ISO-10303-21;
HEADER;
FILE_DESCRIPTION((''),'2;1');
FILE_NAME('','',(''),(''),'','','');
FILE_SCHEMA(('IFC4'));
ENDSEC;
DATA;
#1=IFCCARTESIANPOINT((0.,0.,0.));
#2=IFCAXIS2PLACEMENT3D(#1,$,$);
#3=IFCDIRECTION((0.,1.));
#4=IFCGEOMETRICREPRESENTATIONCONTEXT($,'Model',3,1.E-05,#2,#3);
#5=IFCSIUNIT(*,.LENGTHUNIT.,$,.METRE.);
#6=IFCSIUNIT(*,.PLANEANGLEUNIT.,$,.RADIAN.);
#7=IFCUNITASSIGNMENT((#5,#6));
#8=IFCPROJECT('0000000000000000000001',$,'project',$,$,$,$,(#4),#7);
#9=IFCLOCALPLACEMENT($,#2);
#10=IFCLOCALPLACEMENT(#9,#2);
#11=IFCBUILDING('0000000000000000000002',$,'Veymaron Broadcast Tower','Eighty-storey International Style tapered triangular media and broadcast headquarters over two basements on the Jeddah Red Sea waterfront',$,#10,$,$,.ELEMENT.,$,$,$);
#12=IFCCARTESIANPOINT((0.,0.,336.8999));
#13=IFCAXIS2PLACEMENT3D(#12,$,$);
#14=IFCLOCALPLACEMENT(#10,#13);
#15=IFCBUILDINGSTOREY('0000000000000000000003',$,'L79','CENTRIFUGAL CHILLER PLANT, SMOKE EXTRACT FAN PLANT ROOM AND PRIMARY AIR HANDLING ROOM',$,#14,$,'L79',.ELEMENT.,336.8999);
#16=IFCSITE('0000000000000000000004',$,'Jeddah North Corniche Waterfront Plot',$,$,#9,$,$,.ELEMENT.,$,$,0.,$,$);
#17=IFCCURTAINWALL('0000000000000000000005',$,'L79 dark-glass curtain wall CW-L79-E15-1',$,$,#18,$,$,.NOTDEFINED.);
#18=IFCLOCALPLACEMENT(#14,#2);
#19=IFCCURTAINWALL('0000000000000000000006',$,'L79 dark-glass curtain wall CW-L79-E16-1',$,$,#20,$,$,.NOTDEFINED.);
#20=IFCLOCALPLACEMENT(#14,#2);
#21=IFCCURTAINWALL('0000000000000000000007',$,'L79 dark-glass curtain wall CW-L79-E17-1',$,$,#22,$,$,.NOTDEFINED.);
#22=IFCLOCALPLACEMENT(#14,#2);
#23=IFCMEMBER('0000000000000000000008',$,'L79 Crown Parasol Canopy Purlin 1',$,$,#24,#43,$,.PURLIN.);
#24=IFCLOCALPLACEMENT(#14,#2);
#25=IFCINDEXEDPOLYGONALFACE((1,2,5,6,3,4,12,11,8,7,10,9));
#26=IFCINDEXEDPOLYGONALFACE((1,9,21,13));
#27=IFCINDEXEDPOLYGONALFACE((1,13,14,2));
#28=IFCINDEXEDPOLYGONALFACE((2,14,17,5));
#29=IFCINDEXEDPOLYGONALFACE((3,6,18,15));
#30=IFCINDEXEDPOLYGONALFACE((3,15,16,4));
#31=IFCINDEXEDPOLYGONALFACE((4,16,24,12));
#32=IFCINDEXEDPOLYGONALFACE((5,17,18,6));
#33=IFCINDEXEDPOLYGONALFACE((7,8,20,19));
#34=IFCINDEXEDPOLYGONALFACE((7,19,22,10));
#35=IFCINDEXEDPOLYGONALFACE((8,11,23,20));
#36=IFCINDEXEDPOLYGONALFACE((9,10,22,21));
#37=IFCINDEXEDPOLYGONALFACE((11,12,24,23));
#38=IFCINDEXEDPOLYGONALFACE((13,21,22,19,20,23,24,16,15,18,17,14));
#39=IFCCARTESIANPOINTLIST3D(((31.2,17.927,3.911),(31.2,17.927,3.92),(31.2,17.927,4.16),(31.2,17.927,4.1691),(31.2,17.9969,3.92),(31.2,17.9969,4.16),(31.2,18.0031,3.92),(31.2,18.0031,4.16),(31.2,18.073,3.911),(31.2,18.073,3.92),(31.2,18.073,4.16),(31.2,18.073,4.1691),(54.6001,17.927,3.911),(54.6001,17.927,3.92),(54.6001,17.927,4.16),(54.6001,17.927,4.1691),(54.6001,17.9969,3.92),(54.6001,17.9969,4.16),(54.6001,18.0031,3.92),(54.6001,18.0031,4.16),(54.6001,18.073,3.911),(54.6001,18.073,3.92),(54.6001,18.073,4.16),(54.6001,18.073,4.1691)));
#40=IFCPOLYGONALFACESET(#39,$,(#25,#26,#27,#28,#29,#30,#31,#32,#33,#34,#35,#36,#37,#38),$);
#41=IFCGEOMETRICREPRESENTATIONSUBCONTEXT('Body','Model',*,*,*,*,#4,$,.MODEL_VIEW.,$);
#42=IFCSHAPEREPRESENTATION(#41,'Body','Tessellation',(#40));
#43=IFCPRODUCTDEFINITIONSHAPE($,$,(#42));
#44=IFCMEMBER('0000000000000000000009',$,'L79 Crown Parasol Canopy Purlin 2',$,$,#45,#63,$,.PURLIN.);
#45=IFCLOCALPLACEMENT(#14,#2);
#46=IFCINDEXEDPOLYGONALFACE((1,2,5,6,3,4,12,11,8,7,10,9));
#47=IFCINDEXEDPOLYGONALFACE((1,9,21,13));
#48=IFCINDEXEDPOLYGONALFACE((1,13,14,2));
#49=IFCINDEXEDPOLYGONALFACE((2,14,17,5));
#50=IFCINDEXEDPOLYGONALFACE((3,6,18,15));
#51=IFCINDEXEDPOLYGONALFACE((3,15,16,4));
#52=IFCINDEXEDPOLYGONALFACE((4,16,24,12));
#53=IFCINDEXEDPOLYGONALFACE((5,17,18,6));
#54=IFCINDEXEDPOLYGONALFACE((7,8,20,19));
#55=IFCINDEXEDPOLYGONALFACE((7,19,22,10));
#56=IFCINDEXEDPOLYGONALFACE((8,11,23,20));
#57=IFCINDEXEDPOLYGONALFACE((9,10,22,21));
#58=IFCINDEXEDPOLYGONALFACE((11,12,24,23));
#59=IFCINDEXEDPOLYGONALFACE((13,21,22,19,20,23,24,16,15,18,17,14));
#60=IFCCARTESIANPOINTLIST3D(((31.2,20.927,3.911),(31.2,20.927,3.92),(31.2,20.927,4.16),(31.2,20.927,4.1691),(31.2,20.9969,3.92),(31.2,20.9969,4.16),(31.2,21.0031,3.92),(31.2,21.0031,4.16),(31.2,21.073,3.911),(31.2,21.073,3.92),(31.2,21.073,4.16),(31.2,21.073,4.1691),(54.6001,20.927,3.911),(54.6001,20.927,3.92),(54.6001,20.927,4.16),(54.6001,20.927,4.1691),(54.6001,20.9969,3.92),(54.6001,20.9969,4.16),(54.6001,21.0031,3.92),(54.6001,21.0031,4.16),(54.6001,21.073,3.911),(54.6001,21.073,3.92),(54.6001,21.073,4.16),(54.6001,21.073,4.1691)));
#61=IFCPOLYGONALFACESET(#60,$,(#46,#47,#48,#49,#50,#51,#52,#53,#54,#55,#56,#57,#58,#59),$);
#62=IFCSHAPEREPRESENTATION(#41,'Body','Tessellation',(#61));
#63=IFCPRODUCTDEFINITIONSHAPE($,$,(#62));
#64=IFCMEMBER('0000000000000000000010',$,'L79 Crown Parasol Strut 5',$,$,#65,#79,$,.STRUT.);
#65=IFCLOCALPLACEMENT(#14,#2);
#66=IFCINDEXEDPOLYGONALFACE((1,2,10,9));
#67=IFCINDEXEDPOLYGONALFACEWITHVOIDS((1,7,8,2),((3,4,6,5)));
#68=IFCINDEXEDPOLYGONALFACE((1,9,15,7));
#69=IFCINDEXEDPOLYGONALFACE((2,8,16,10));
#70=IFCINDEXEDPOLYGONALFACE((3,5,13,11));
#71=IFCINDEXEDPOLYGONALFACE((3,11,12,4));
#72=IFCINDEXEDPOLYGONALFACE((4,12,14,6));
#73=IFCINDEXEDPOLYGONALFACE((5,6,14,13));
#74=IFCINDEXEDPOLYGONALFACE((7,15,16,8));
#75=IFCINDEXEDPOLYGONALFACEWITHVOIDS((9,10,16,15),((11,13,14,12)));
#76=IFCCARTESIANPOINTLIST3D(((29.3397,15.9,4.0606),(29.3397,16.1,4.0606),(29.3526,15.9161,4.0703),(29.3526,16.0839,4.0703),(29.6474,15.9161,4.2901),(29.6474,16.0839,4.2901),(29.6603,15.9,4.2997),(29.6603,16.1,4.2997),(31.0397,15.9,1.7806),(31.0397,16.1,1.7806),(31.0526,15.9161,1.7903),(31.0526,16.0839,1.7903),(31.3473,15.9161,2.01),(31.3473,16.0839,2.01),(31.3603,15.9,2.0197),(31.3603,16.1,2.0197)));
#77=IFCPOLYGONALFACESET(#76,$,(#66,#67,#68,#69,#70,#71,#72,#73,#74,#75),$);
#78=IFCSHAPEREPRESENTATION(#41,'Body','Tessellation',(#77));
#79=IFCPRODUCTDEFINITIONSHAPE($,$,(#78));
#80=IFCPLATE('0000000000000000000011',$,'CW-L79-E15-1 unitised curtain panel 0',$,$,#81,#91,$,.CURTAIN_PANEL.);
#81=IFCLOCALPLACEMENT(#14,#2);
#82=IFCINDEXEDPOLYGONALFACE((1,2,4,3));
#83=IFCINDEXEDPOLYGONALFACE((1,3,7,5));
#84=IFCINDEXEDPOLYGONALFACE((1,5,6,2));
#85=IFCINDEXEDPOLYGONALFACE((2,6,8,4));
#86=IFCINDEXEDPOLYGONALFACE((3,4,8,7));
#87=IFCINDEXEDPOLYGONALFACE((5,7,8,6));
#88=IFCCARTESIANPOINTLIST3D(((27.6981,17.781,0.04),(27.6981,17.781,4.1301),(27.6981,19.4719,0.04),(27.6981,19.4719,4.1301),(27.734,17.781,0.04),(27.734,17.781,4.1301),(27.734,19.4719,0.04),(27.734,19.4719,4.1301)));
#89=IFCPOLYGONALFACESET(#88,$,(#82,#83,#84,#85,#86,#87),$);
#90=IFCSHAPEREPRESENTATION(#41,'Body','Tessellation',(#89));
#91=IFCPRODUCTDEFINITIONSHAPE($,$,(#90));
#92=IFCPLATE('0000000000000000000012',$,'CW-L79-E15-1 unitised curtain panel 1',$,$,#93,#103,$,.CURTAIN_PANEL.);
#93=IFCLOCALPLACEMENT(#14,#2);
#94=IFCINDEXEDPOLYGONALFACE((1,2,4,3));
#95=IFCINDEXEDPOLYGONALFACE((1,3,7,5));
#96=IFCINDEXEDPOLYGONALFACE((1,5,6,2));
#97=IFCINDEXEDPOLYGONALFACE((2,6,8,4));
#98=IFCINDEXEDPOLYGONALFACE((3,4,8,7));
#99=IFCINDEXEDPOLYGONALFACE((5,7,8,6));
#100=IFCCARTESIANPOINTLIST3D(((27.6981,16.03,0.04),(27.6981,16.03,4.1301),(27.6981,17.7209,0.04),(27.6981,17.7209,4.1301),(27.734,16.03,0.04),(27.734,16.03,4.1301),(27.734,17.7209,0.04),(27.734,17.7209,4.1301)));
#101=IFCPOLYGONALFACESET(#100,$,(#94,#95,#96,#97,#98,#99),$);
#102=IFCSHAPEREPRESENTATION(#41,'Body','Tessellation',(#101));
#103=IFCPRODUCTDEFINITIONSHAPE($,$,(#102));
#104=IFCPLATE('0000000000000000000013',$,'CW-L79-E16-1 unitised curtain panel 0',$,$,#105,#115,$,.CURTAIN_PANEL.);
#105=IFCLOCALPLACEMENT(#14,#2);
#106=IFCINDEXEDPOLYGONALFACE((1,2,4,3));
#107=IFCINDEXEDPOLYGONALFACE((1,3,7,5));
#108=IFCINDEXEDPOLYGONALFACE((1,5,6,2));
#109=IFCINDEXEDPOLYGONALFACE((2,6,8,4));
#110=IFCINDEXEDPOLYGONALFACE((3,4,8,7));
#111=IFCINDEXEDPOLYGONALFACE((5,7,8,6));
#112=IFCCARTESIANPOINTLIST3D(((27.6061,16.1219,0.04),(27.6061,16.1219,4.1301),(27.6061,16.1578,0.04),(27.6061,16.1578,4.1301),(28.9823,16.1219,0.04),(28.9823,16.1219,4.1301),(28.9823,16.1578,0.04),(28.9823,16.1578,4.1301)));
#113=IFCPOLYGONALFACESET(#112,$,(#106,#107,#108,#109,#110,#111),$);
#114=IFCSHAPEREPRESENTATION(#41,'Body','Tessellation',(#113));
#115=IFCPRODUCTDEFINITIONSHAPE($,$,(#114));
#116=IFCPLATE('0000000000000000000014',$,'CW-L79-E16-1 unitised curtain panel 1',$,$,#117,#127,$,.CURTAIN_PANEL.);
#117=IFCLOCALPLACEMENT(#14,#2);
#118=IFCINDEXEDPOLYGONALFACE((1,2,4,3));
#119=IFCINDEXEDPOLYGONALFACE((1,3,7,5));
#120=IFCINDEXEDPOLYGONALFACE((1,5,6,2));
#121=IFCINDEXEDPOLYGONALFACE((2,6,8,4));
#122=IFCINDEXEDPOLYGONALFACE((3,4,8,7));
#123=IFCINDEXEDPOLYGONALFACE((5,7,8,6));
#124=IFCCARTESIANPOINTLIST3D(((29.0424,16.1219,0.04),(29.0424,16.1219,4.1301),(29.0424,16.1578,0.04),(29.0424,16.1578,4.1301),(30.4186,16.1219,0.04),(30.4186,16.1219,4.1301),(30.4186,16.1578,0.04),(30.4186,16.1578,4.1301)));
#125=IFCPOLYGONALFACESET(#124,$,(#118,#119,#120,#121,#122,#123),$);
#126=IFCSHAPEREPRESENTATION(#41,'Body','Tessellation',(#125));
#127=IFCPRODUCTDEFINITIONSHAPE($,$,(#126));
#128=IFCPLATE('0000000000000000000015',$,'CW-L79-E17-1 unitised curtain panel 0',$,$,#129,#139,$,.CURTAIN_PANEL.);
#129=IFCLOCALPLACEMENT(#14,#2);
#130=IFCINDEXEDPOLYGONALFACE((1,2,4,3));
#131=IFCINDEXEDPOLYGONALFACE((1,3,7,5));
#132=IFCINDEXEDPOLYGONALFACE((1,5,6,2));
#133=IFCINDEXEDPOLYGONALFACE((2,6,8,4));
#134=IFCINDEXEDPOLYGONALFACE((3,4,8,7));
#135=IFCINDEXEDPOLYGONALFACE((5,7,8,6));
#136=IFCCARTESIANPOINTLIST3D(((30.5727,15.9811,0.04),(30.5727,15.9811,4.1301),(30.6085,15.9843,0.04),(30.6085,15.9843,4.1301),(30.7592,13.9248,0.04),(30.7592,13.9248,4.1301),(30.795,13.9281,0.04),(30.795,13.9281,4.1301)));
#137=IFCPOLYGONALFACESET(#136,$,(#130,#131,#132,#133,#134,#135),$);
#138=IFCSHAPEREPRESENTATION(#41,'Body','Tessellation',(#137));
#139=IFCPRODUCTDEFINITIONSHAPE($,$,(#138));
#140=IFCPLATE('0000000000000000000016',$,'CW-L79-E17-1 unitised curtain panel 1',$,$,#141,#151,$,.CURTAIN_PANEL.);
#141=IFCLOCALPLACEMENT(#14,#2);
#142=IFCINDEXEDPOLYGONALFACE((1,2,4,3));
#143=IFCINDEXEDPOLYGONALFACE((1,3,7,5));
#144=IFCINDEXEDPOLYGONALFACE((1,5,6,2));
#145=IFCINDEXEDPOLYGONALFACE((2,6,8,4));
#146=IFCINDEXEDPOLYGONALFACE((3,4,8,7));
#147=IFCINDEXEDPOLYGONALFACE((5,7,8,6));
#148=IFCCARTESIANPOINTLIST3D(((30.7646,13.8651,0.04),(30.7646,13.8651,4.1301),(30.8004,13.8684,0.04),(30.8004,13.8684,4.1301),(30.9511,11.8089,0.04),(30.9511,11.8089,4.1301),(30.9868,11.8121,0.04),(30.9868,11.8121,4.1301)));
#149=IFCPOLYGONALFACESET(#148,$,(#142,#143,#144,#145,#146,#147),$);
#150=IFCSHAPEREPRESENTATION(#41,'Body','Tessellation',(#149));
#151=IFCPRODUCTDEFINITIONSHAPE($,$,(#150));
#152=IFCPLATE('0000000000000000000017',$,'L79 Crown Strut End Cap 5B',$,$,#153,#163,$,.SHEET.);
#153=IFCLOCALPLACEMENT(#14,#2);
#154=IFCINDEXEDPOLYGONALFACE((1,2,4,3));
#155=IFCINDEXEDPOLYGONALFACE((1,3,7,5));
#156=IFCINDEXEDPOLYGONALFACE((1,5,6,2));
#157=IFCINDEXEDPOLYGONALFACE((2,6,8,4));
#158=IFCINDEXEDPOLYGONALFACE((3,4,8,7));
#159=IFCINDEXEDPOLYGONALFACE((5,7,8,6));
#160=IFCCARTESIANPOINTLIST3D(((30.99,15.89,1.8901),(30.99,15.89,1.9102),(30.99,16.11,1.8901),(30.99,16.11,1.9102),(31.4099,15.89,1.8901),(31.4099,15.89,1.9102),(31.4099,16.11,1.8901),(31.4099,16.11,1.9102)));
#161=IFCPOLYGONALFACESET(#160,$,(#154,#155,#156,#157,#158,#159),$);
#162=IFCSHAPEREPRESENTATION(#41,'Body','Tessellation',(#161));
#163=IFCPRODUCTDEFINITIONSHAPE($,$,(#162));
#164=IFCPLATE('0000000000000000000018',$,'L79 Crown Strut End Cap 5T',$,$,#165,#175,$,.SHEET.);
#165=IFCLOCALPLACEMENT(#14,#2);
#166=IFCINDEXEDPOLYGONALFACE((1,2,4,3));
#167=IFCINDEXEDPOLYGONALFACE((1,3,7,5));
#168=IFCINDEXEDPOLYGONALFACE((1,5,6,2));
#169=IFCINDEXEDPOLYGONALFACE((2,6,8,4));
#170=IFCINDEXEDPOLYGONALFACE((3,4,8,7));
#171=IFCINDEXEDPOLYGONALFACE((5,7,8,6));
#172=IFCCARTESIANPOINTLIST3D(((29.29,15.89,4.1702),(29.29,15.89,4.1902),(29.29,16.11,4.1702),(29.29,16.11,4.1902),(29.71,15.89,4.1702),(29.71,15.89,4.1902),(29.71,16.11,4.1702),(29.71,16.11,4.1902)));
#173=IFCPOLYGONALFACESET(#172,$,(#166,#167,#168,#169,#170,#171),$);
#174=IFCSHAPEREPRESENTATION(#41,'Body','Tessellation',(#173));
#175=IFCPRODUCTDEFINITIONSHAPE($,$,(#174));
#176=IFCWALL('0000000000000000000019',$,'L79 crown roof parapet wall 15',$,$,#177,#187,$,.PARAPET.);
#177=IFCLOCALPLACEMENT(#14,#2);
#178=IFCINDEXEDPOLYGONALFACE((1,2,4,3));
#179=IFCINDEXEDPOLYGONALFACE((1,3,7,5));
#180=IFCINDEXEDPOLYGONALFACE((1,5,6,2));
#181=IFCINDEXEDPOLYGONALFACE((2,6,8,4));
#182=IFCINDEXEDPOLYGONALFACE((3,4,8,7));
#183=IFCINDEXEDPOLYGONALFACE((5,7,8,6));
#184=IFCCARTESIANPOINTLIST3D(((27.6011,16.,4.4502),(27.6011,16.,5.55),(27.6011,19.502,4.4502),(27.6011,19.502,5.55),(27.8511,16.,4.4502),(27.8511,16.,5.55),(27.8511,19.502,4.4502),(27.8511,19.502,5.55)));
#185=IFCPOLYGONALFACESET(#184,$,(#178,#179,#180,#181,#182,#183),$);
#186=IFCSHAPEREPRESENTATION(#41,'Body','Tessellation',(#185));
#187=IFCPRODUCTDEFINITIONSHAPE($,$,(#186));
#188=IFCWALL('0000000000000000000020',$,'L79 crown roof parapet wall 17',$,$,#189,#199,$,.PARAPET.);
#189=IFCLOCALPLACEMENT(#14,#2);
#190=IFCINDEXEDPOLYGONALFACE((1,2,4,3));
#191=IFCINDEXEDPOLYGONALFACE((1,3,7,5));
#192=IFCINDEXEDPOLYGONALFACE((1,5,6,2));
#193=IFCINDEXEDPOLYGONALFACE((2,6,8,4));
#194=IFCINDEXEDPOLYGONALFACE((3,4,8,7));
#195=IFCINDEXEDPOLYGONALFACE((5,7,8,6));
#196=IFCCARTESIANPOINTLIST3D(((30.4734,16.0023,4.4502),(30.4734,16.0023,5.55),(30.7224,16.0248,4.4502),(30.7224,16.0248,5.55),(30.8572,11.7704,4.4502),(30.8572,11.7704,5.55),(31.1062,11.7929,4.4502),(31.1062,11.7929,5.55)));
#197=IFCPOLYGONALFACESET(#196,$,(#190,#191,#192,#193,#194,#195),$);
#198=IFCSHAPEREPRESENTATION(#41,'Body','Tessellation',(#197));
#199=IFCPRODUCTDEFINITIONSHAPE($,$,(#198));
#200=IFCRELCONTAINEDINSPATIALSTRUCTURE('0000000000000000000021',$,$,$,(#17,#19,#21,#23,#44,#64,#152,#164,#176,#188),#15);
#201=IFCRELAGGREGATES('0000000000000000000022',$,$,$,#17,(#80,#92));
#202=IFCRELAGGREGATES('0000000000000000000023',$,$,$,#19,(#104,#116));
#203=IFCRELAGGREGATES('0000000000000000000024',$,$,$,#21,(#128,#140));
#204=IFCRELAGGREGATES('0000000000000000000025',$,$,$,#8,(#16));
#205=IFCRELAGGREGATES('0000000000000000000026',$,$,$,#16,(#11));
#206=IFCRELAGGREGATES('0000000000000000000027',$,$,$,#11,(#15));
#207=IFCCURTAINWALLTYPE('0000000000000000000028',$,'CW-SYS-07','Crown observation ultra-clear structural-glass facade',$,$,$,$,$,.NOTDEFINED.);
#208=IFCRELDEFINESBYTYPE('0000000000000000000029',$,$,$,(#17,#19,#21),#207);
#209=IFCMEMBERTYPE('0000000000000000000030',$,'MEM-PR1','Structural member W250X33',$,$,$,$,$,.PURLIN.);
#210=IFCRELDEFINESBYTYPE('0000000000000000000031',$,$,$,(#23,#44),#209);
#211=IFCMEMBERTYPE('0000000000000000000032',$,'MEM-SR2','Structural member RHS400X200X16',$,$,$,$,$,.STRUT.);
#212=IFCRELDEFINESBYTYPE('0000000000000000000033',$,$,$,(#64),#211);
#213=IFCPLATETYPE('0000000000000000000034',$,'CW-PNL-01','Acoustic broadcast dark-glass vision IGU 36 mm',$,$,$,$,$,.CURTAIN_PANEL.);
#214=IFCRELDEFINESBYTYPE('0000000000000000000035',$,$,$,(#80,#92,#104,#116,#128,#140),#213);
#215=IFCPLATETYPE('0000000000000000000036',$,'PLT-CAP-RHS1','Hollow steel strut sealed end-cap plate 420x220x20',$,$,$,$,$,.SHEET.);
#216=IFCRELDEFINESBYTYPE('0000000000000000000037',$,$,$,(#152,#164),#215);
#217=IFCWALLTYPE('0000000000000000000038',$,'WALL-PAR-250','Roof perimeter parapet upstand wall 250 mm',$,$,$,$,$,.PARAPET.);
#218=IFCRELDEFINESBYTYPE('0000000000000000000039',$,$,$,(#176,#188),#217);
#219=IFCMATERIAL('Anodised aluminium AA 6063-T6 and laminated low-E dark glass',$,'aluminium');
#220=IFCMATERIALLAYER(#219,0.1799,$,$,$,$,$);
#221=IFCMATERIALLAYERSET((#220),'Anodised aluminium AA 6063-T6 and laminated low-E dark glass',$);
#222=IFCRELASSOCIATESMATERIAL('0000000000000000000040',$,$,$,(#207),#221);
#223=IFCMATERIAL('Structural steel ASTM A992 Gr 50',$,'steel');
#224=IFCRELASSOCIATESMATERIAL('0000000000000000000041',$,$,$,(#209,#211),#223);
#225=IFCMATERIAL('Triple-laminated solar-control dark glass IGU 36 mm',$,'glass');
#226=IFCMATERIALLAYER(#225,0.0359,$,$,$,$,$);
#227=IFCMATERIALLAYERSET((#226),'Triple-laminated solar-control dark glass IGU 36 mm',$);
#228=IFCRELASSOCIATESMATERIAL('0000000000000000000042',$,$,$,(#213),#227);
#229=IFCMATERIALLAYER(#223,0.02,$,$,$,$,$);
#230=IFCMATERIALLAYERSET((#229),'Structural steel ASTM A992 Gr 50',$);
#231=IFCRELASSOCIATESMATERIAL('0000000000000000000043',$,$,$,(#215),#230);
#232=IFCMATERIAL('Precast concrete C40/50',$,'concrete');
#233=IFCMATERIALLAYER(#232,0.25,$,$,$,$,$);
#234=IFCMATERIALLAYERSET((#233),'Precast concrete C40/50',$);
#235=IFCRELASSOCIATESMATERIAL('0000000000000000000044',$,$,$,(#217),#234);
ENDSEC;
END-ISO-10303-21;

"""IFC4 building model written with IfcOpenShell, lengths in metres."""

from ifc_helpers import new_model, si_unit, direction, frame, frame_2d, origin, origin_2d, place, context, subcontext, project, spatial, rectangle, hollow_rectangle, i_section, extrude, material, layer, layer_set, material_profile, profile_set, type_object, element, aggregate, save


model = new_model("IFC4")

# Units and contexts
model_context = context("Model", 3, precision=1e-05, world=origin(), true_north=direction((0.0, 1.0)))
body_context = subcontext(model_context, "Body", "Model", "MODEL_VIEW")
ifc_project = project(units=[si_unit("LENGTHUNIT", "METRE"), si_unit("PLANEANGLEUNIT", "RADIAN")], contexts=[model_context])

# Site, building, storey
site_placement = place(None, origin())
site = spatial("IfcSite", under=ifc_project, at=site_placement, Name="Jeddah North Corniche Waterfront Plot", CompositionType="ELEMENT", RefElevation=0.0)
building_placement = place(site_placement, origin())
building = spatial("IfcBuilding", under=site, at=building_placement, Name="Veymaron Broadcast Tower", Description="Eighty-storey International Style tapered triangular media and broadcast headquarters over two basements on the Jeddah Red Sea waterfront", CompositionType="ELEMENT")
storey_placement = place(building_placement, frame((0.0, 0.0, 336.8999)))
storey = spatial("IfcBuildingStorey", under=building, at=storey_placement, Name="L79", Description="CENTRIFUGAL CHILLER PLANT, SMOKE EXTRACT FAN PLANT ROOM AND PRIMARY AIR HANDLING ROOM", LongName="L79", CompositionType="ELEMENT", Elevation=336.8999)

# Shared definitions
ifc_material_1 = material(Name="Structural steel ASTM A992 Gr 50", Category="steel")

# Curtain walls
ifc_material_2 = material(Name="Anodised aluminium AA 6063-T6 and laminated low-E dark glass", Category="aluminium")
ifc_layer_1 = layer(ifc_material_2, 0.1799)
ifc_layer_set_1 = layer_set([ifc_layer_1], Name="Anodised aluminium AA 6063-T6 and laminated low-E dark glass")
curtain_wall_type = type_object("IfcCurtainWallType", Name="CW-SYS-07", Description="Crown observation ultra-clear structural-glass facade", PredefinedType="NOTDEFINED", material=ifc_layer_set_1)
curtain_wall_1_placement = place(storey_placement, origin())
curtain_wall_1 = element("IfcCurtainWall", 1, at=curtain_wall_1_placement, inside=storey, type_object=curtain_wall_type, Name="L79 dark-glass curtain wall CW-L79-E15-1", PredefinedType="NOTDEFINED")
curtain_wall_2_placement = place(storey_placement, origin())
curtain_wall_2 = element("IfcCurtainWall", 2, at=curtain_wall_2_placement, inside=storey, type_object=curtain_wall_type, Name="L79 dark-glass curtain wall CW-L79-E16-1", PredefinedType="NOTDEFINED")
curtain_wall_3_placement = place(storey_placement, origin())
curtain_wall_3 = element("IfcCurtainWall", 3, at=curtain_wall_3_placement, inside=storey, type_object=curtain_wall_type, Name="L79 dark-glass curtain wall CW-L79-E17-1", PredefinedType="NOTDEFINED")

# Members
ifc_material_profile_1 = material_profile(ifc_material_1, i_section(OverallWidth=0.146, OverallDepth=0.2581, WebThickness=0.0061, FlangeThickness=0.009, at=origin_2d()), Name="W250X33")
ifc_profile_set_1 = profile_set([ifc_material_profile_1], Name="Structural steel ASTM A992 Gr 50")
member_type_1 = type_object("IfcMemberType", Name="MEM-PR1", Description="Structural member W250X33", PredefinedType="PURLIN", material=ifc_profile_set_1)
for number, where, z_axis, x_axis, name in (
    (4, (31.2, 18.0, 4.04), (1.0, 0.0, 0.0), (0.0, 1.0, 0.0), "L79 Crown Parasol Canopy Purlin 1"),
    (5, (31.2, 21.0, 4.04), (1.0, 0.0, 0.0), (0.0, 1.0, 0.0), "L79 Crown Parasol Canopy Purlin 2"),
):
    element("IfcMember", number, at=place(storey_placement, frame(where, z_axis=z_axis, x_axis=x_axis)), inside=storey, type_object=member_type_1, Name=name, PredefinedType="PURLIN", context=body_context, shape_type="SweptSolid", body=[
        extrude(i_section(OverallWidth=0.146, OverallDepth=0.2581, WebThickness=0.0061, FlangeThickness=0.009, at=origin_2d()), origin(), (0.0, 0.0, 1.0), 23.4001),
    ])
ifc_material_profile_2 = material_profile(ifc_material_1, hollow_rectangle(XDim=0.2, YDim=0.3999, WallThickness=0.0161, at=origin_2d()), Name="RHS400X200X16")
ifc_profile_set_2 = profile_set([ifc_material_profile_2], Name="Structural steel ASTM A992 Gr 50")
member_type_2 = type_object("IfcMemberType", Name="MEM-SR2", Description="Structural member RHS400X200X16", PredefinedType="STRUT", material=ifc_profile_set_2)
member_1_placement = place(storey_placement, frame((31.2, 16.0, 1.9001), z_axis=(-0.597731, 0.0, 0.801696), x_axis=(0.0, -1.0, 0.0)))
element("IfcMember", 6, at=member_1_placement, inside=storey, type_object=member_type_2, Name="L79 Crown Parasol Strut 5", PredefinedType="STRUT", context=body_context, shape_type="SweptSolid", body=[
    extrude(hollow_rectangle(XDim=0.2, YDim=0.3999, WallThickness=0.0161, at=origin_2d()), origin(), (0.0, 0.0, 1.0), 2.844),
])

# Plates
ifc_material_3 = material(Name="Triple-laminated solar-control dark glass IGU 36 mm", Category="glass")
ifc_layer_2 = layer(ifc_material_3, 0.0359)
ifc_layer_set_2 = layer_set([ifc_layer_2], Name="Triple-laminated solar-control dark glass IGU 36 mm")
plate_type_1 = type_object("IfcPlateType", Name="CW-PNL-01", Description="Acoustic broadcast dark-glass vision IGU 36 mm", PredefinedType="CURTAIN_PANEL", material=ifc_layer_set_2)
plate_1_placement = place(storey_placement, frame((27.7161, 18.6265, 0.04), z_axis=(0.0, 0.0, 1.0), x_axis=(0.0, -1.0, 0.0)))
plate_1 = element("IfcPlate", 7, at=plate_1_placement, type_object=plate_type_1, Name="CW-L79-E15-1 unitised curtain panel 0", PredefinedType="CURTAIN_PANEL", context=body_context, shape_type="SweptSolid", body=[
    extrude(rectangle(XDim=1.6909, YDim=0.0359, at=origin_2d()), origin(), (0.0, 0.0, 1.0), 4.0901),
])
plate_2_placement = place(storey_placement, frame((27.7161, 16.8755, 0.04), z_axis=(0.0, 0.0, 1.0), x_axis=(0.0, -1.0, 0.0)))
plate_2 = element("IfcPlate", 8, at=plate_2_placement, type_object=plate_type_1, Name="CW-L79-E15-1 unitised curtain panel 1", PredefinedType="CURTAIN_PANEL", context=body_context, shape_type="SweptSolid", body=[
    extrude(rectangle(XDim=1.6909, YDim=0.0359, at=origin_2d()), origin(), (0.0, 0.0, 1.0), 4.0901),
])
aggregate(curtain_wall_1, [plate_1, plate_2])
plate_3_placement = place(storey_placement, frame((28.2942, 16.1399, 0.04), z_axis=(0.0, 0.0, 1.0), x_axis=(1.0, 0.0, 0.0)))
plate_3 = element("IfcPlate", 9, at=plate_3_placement, type_object=plate_type_1, Name="CW-L79-E16-1 unitised curtain panel 0", PredefinedType="CURTAIN_PANEL", context=body_context, shape_type="SweptSolid", body=[
    extrude(rectangle(XDim=1.3762, YDim=0.0359, at=origin_2d()), origin(), (0.0, 0.0, 1.0), 4.0901),
])
plate_4_placement = place(storey_placement, frame((29.7305, 16.1399, 0.04), z_axis=(0.0, 0.0, 1.0), x_axis=(1.0, 0.0, 0.0)))
plate_4 = element("IfcPlate", 10, at=plate_4_placement, type_object=plate_type_1, Name="CW-L79-E16-1 unitised curtain panel 1", PredefinedType="CURTAIN_PANEL", context=body_context, shape_type="SweptSolid", body=[
    extrude(rectangle(XDim=1.3762, YDim=0.0359, at=origin_2d()), origin(), (0.0, 0.0, 1.0), 4.0901),
])
aggregate(curtain_wall_2, [plate_3, plate_4])
plate_5_placement = place(storey_placement, frame((30.6838, 14.9546, 0.04), z_axis=(0.0, 0.0, 1.0), x_axis=(0.09032, -0.995913, 0.0)))
plate_5 = element("IfcPlate", 11, at=plate_5_placement, type_object=plate_type_1, Name="CW-L79-E17-1 unitised curtain panel 0", PredefinedType="CURTAIN_PANEL", context=body_context, shape_type="SweptSolid", body=[
    extrude(rectangle(XDim=2.0647, YDim=0.0359, at=origin_2d()), origin(), (0.0, 0.0, 1.0), 4.0901),
])
plate_6_placement = place(storey_placement, frame((30.8757, 12.8386, 0.04), z_axis=(0.0, 0.0, 1.0), x_axis=(0.09032, -0.995913, 0.0)))
plate_6 = element("IfcPlate", 12, at=plate_6_placement, type_object=plate_type_1, Name="CW-L79-E17-1 unitised curtain panel 1", PredefinedType="CURTAIN_PANEL", context=body_context, shape_type="SweptSolid", body=[
    extrude(rectangle(XDim=2.0647, YDim=0.0359, at=origin_2d()), origin(), (0.0, 0.0, 1.0), 4.0901),
])
aggregate(curtain_wall_3, [plate_5, plate_6])

# Plates
ifc_layer_3 = layer(ifc_material_1, 0.02)
ifc_layer_set_3 = layer_set([ifc_layer_3], Name="Structural steel ASTM A992 Gr 50")
plate_type_2 = type_object("IfcPlateType", Name="PLT-CAP-RHS1", Description="Hollow steel strut sealed end-cap plate 420x220x20", PredefinedType="SHEET", material=ifc_layer_set_3)
for number, where, z_axis, x_axis, name in (
    (13, (31.2, 16.0, 1.8901), (0.0, 0.0, 1.0), (1.0, 0.0, 0.0), "L79 Crown Strut End Cap 5B"),
    (14, (29.5, 16.0, 4.1702), (0.0, 0.0, 1.0), (1.0, 0.0, 0.0), "L79 Crown Strut End Cap 5T"),
):
    element("IfcPlate", number, at=place(storey_placement, frame(where, z_axis=z_axis, x_axis=x_axis)), inside=storey, type_object=plate_type_2, Name=name, PredefinedType="SHEET", context=body_context, shape_type="SweptSolid", body=[
        extrude(rectangle(XDim=0.4199, YDim=0.22, at=origin_2d()), origin(), (0.0, 0.0, 1.0), 0.02),
    ])

# Walls
ifc_material_4 = material(Name="Precast concrete C40/50", Category="concrete")
ifc_layer_4 = layer(ifc_material_4, 0.25)
ifc_layer_set_4 = layer_set([ifc_layer_4], Name="Precast concrete C40/50")
wall_type = type_object("IfcWallType", Name="WALL-PAR-250", Description="Roof perimeter parapet upstand wall 250 mm", PredefinedType="PARAPET", material=ifc_layer_set_4)
wall_1_placement = place(storey_placement, frame((27.7261, 19.502, 4.4502), z_axis=(0.0, 0.0, 1.0), x_axis=(0.0, -1.0, 0.0)))
element("IfcWall", 15, at=wall_1_placement, inside=storey, type_object=wall_type, Name="L79 crown roof parapet wall 15", PredefinedType="PARAPET", context=body_context, shape_type="SweptSolid", body=[
    extrude(rectangle(XDim=3.502, YDim=0.25, at=frame_2d((1.751, 0.0))), origin(), (0.0, 0.0, 1.0), 1.0999),
])
wall_2_placement = place(storey_placement, frame((30.5979, 16.0134, 4.4502), z_axis=(0.0, 0.0, 1.0), x_axis=(0.090318, -0.995913, 0.0)))
element("IfcWall", 16, at=wall_2_placement, inside=storey, type_object=wall_type, Name="L79 crown roof parapet wall 17", PredefinedType="PARAPET", context=body_context, shape_type="SweptSolid", body=[
    extrude(rectangle(XDim=4.2493, YDim=0.25, at=frame_2d((2.1245, 0.0))), origin(), (0.0, 0.0, 1.0), 1.0999),
])

save(model, "model.ifc")
